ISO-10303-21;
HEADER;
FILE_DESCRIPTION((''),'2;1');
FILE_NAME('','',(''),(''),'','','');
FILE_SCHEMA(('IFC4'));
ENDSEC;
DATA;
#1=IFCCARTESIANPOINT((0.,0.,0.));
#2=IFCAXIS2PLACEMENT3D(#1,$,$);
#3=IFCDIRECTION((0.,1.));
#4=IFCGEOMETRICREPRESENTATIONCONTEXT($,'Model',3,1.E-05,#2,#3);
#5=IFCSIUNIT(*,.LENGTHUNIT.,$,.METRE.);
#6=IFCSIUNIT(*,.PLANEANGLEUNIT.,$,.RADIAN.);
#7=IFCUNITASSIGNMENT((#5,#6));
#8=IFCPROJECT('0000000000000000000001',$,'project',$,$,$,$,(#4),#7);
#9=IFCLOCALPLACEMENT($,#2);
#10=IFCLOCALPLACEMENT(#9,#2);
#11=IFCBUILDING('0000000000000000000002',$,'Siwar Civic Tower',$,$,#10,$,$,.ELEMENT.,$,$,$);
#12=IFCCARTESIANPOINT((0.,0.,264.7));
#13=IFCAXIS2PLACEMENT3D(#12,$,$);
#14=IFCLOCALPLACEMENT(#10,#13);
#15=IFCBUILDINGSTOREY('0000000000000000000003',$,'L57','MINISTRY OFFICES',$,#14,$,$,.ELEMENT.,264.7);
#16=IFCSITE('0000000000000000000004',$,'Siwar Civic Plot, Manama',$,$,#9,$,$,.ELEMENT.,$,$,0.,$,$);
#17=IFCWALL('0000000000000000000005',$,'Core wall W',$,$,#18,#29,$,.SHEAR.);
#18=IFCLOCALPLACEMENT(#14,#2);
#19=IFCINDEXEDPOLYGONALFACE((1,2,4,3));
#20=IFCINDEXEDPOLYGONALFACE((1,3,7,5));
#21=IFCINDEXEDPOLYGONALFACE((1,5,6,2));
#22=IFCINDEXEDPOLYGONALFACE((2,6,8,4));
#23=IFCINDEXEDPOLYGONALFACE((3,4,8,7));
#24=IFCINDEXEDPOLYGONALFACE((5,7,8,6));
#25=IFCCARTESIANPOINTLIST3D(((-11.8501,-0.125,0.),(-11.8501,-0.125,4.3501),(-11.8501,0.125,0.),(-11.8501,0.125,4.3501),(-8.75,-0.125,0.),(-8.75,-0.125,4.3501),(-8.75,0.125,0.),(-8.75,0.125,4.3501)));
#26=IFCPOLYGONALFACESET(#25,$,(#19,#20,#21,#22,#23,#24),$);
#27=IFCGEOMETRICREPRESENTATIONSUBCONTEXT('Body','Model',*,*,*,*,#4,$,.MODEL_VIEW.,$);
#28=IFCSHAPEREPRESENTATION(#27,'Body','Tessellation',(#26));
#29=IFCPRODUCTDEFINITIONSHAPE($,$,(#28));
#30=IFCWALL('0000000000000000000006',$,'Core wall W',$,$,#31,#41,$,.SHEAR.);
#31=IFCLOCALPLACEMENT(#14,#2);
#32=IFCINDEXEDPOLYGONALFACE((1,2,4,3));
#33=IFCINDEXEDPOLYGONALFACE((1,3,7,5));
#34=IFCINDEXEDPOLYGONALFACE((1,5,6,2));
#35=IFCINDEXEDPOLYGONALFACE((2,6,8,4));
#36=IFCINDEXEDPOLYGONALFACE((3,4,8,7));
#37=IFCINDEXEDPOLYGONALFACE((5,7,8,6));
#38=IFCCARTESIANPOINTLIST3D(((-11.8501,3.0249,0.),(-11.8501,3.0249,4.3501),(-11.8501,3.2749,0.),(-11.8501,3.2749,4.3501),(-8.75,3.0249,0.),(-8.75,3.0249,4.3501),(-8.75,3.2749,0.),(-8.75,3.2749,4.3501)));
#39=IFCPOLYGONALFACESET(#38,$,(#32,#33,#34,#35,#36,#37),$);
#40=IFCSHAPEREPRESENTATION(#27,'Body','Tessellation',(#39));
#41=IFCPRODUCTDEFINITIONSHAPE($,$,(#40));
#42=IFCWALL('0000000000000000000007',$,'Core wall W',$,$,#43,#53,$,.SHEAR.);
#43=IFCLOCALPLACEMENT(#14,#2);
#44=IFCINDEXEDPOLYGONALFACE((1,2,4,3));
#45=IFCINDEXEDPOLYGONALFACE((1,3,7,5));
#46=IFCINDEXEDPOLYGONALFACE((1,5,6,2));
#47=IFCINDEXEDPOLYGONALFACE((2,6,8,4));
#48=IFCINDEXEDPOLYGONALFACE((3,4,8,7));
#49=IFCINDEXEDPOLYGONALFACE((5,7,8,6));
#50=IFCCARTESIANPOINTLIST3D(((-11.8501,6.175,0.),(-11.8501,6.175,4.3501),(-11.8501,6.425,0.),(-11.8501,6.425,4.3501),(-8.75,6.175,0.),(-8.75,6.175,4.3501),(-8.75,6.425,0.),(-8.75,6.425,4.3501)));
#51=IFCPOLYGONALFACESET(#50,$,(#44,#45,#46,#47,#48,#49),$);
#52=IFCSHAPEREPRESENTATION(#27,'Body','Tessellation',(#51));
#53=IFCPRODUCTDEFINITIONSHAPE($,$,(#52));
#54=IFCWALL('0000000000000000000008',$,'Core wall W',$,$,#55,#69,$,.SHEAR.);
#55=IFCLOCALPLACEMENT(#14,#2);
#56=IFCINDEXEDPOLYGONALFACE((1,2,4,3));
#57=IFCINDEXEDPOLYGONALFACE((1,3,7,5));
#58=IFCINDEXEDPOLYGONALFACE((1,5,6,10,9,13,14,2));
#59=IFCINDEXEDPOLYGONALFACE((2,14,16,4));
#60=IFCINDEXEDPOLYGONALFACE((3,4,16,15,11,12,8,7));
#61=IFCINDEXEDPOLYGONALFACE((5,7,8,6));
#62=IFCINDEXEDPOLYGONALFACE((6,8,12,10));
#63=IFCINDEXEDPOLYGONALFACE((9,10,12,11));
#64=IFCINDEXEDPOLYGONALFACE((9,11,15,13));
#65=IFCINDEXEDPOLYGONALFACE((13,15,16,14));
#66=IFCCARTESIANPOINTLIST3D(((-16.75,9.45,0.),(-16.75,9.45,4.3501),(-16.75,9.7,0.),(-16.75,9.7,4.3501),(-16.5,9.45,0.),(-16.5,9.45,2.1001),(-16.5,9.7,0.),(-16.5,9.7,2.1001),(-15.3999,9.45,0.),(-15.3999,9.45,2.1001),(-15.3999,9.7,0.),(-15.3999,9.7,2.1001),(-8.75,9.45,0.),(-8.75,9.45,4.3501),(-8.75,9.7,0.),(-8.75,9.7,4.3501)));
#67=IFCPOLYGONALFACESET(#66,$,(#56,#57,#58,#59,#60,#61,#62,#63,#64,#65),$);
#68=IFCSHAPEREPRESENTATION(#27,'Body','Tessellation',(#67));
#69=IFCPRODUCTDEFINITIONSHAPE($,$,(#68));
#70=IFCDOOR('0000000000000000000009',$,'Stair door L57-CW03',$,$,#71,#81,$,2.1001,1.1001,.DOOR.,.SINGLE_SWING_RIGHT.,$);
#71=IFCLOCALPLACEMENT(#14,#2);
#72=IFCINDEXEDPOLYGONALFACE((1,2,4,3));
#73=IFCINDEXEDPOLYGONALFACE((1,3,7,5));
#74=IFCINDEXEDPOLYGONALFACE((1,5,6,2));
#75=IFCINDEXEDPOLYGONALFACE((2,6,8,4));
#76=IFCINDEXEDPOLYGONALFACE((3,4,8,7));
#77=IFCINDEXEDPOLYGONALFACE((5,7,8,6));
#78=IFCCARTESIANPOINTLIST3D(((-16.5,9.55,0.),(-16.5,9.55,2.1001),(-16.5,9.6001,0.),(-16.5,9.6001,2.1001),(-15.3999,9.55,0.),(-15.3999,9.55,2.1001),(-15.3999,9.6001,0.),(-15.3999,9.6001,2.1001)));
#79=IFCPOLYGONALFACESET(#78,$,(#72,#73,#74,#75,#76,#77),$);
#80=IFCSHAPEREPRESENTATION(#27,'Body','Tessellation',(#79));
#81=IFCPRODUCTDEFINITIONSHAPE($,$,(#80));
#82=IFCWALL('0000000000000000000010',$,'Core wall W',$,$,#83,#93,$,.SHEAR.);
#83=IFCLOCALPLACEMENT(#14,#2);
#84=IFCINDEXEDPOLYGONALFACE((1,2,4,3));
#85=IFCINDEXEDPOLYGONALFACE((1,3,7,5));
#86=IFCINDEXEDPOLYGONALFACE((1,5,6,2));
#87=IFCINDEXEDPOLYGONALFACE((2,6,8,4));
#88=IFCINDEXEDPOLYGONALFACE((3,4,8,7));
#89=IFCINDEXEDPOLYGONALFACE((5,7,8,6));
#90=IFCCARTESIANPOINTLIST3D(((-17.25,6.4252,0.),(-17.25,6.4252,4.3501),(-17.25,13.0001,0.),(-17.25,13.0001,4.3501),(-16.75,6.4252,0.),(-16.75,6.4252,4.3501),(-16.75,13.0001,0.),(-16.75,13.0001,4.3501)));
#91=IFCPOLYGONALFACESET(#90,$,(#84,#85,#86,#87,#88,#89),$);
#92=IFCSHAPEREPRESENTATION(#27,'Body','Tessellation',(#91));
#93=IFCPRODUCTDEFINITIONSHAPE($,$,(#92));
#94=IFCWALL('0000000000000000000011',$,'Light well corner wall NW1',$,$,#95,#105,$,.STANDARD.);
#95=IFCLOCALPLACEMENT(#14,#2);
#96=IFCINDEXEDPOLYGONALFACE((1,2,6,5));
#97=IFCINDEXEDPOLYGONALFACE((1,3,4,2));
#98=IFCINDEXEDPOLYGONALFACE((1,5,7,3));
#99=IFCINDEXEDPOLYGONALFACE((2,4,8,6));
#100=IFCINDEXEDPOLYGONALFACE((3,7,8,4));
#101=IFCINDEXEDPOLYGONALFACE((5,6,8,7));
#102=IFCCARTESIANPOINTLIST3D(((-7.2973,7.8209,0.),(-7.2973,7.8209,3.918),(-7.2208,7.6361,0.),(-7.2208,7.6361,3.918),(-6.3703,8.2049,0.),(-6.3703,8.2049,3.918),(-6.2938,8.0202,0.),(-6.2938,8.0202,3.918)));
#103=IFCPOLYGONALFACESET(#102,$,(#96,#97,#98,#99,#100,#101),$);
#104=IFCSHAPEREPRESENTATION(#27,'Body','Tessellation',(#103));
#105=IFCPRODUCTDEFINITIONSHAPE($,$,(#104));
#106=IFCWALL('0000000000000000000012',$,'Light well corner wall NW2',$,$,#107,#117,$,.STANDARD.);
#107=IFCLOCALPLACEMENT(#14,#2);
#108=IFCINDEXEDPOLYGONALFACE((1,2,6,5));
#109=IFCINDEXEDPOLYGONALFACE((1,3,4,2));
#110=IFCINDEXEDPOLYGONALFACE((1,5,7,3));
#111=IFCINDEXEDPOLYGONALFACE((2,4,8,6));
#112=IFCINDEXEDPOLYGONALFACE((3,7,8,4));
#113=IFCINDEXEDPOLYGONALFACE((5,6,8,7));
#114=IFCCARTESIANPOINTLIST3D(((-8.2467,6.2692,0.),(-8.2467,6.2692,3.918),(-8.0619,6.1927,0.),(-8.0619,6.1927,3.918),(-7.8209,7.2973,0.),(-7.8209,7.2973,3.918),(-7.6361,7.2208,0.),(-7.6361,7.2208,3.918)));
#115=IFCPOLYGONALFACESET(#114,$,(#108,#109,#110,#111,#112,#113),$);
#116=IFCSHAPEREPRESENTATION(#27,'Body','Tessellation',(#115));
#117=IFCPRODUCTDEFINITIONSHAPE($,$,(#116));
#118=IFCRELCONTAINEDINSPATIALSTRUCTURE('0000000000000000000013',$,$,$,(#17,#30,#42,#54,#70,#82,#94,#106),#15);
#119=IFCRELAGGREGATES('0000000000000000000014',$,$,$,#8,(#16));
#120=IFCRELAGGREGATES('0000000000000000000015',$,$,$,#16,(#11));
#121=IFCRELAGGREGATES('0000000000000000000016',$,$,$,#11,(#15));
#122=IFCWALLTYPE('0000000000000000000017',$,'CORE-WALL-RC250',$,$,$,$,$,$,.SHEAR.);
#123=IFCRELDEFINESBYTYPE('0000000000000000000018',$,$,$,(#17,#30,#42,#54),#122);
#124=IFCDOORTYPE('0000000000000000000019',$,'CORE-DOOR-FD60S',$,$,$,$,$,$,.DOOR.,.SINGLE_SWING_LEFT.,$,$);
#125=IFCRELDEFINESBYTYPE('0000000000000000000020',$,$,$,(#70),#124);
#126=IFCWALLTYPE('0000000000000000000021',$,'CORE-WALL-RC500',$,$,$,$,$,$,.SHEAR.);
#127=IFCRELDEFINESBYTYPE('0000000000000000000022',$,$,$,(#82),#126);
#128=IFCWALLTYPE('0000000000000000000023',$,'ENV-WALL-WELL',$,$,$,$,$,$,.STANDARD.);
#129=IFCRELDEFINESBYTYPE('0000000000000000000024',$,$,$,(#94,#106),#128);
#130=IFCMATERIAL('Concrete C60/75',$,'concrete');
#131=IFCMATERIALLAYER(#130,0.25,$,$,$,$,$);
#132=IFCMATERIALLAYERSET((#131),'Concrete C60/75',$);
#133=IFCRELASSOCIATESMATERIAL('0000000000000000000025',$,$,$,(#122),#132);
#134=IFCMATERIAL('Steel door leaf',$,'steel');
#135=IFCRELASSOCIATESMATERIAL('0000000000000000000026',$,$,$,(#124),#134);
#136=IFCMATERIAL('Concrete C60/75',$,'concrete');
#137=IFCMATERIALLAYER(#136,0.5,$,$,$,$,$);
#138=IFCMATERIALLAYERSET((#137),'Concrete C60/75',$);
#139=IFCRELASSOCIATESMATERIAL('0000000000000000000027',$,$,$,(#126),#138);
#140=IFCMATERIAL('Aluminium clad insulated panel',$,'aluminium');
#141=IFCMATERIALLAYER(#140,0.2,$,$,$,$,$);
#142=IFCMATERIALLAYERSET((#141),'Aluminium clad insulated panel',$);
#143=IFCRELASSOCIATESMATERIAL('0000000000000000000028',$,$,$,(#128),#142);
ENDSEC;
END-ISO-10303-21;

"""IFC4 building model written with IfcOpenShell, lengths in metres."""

from ifc_helpers import new_model, si_unit, direction, frame, frame_2d, origin, place, context, subcontext, project, spatial, rectangle, extrude, material, layer, layer_set, type_object, element, fill, save


model = new_model("IFC4")

# Units and contexts
model_context = context("Model", 3, precision=1e-05, world=origin(), true_north=direction((0.0, 1.0)))
body_context = subcontext(model_context, "Body", "Model", "MODEL_VIEW")
ifc_project = project(units=[si_unit("LENGTHUNIT", "METRE"), si_unit("PLANEANGLEUNIT", "RADIAN")], contexts=[model_context])

# Site, building, storey
site_placement = place(None, origin())
site = spatial("IfcSite", under=ifc_project, at=site_placement, Name="Siwar Civic Plot, Manama", CompositionType="ELEMENT", RefElevation=0.0)
building_placement = place(site_placement, origin())
building = spatial("IfcBuilding", under=site, at=building_placement, Name="Siwar Civic Tower", CompositionType="ELEMENT")
storey_placement = place(building_placement, frame((0.0, 0.0, 264.7)))
storey = spatial("IfcBuildingStorey", under=building, at=storey_placement, Name="L57", Description="MINISTRY OFFICES", CompositionType="ELEMENT", Elevation=264.7)

# Shared definitions
ifc_material_1 = material(Name="Concrete C60/75", Category="concrete")
ifc_layer_1 = layer(ifc_material_1, 0.25)
ifc_layer_set_1 = layer_set([ifc_layer_1], Name="Concrete C60/75")
wall_type_1 = type_object("IfcWallType", Name="CORE-WALL-RC250", PredefinedType="SHEAR", material=ifc_layer_set_1)

# Walls
for number, where, z_axis, x_axis, name in (
    (1, (-8.75, 0.0, 0.0), (0.0, 0.0, 1.0), (-1.0, 0.0, 0.0), "Core wall W"),
    (2, (-8.75, 3.1499, 0.0), (0.0, 0.0, 1.0), (-1.0, 0.0, 0.0), "Core wall W"),
    (3, (-8.75, 6.3, 0.0), (0.0, 0.0, 1.0), (-1.0, 0.0, 0.0), "Core wall W"),
):
    element("IfcWall", number, at=place(storey_placement, frame(where, z_axis=z_axis, x_axis=x_axis)), inside=storey, type_object=wall_type_1, Name=name, PredefinedType="SHEAR", context=body_context, shape_type="SweptSolid", body=[
        extrude(rectangle(XDim=3.1001, YDim=0.25, at=frame_2d((1.55, 0.0))), origin(), (0.0, 0.0, 1.0), 4.3501),
    ])

# Wall, opening, door
wall_1_placement = place(storey_placement, frame((-8.75, 9.575, 0.0), z_axis=(0.0, 0.0, 1.0), x_axis=(-1.0, 0.0, 0.0)))
wall_1 = element("IfcWall", 4, at=wall_1_placement, inside=storey, type_object=wall_type_1, Name="Core wall W", PredefinedType="SHEAR", context=body_context, shape_type="SweptSolid", body=[
    extrude(rectangle(XDim=8.0, YDim=0.25, at=frame_2d((4.0, 0.0))), origin(), (0.0, 0.0, 1.0), 4.3501),
])
opening_1_placement = place(wall_1_placement, frame((6.6499, 0.0, 0.0)))
opening_1 = element("IfcOpeningElement", 5, at=opening_1_placement, cuts=wall_1, PredefinedType="OPENING", context=body_context, shape_type="SweptSolid", body=[
    extrude(rectangle(XDim=1.1001, YDim=2.1001, at=frame_2d((0.55, 1.05))), frame((0.0, 0.135, 0.0), z_axis=(0.0, -1.0, 0.0), x_axis=(1.0, 0.0, 0.0)), (0.0, 0.0, 1.0), 0.27),
])
ifc_material_2 = material(Name="Steel door leaf", Category="steel")
door_type_1 = type_object("IfcDoorType", Name="CORE-DOOR-FD60S", OperationType="SINGLE_SWING_LEFT", PredefinedType="DOOR", material=ifc_material_2)
door_1_placement = place(opening_1_placement, origin())
door_1 = element("IfcDoor", 6, at=door_1_placement, inside=storey, type_object=door_type_1, Name="Stair door L57-CW03", OperationType="SINGLE_SWING_RIGHT", OverallHeight=2.1001, OverallWidth=1.1001, PredefinedType="DOOR", context=body_context, shape_type="SweptSolid", body=[
    extrude(rectangle(XDim=1.1001, YDim=2.1001, at=frame_2d((0.55, 1.05))), frame((0.0, 0.0249, 0.0), z_axis=(0.0, -1.0, 0.0), x_axis=(1.0, 0.0, 0.0)), (0.0, 0.0, 1.0), 0.05),
])
fill(opening_1, door_1)

# Walls
ifc_material_3 = material(Name="Concrete C60/75", Category="concrete")
ifc_layer_2 = layer(ifc_material_3, 0.5)
ifc_layer_set_2 = layer_set([ifc_layer_2], Name="Concrete C60/75")
wall_type_2 = type_object("IfcWallType", Name="CORE-WALL-RC500", PredefinedType="SHEAR", material=ifc_layer_set_2)
wall_2_placement = place(storey_placement, frame((-17.0, 6.425, 0.0), z_axis=(0.0, 0.0, 1.0), x_axis=(0.0, 1.0, 0.0)))
element("IfcWall", 7, at=wall_2_placement, inside=storey, type_object=wall_type_2, Name="Core wall W", PredefinedType="SHEAR", context=body_context, shape_type="SweptSolid", body=[
    extrude(rectangle(XDim=6.575, YDim=0.5, at=frame_2d((3.2876, 0.0))), origin(), (0.0, 0.0, 1.0), 4.3501),
])
ifc_material_4 = material(Name="Aluminium clad insulated panel", Category="aluminium")
ifc_layer_3 = layer(ifc_material_4, 0.2)
ifc_layer_set_3 = layer_set([ifc_layer_3], Name="Aluminium clad insulated panel")
wall_type_3 = type_object("IfcWallType", Name="ENV-WALL-WELL", PredefinedType="STANDARD", material=ifc_layer_set_3)
wall_3_placement = place(storey_placement, frame((-6.332, 8.1125, 0.0), z_axis=(0.0, 0.0, 1.0), x_axis=(-0.92386, -0.382731, 0.0)))
element("IfcWall", 8, at=wall_3_placement, inside=storey, type_object=wall_type_3, Name="Light well corner wall NW1", PredefinedType="STANDARD", context=body_context, shape_type="SweptSolid", body=[
    extrude(rectangle(XDim=1.0034, YDim=0.2, at=frame_2d((0.5017, 0.0))), origin(), (0.0, 0.0, 1.0), 3.918),
])
wall_4_placement = place(storey_placement, frame((-7.7285, 7.259, 0.0), z_axis=(0.0, 0.0, 1.0), x_axis=(-0.382636, -0.923899, 0.0)))
element("IfcWall", 9, at=wall_4_placement, inside=storey, type_object=wall_type_3, Name="Light well corner wall NW2", PredefinedType="STANDARD", context=body_context, shape_type="SweptSolid", body=[
    extrude(rectangle(XDim=1.1128, YDim=0.2, at=frame_2d((0.5564, 0.0))), origin(), (0.0, 0.0, 1.0), 3.918),
])

save(model, "model.ifc")
